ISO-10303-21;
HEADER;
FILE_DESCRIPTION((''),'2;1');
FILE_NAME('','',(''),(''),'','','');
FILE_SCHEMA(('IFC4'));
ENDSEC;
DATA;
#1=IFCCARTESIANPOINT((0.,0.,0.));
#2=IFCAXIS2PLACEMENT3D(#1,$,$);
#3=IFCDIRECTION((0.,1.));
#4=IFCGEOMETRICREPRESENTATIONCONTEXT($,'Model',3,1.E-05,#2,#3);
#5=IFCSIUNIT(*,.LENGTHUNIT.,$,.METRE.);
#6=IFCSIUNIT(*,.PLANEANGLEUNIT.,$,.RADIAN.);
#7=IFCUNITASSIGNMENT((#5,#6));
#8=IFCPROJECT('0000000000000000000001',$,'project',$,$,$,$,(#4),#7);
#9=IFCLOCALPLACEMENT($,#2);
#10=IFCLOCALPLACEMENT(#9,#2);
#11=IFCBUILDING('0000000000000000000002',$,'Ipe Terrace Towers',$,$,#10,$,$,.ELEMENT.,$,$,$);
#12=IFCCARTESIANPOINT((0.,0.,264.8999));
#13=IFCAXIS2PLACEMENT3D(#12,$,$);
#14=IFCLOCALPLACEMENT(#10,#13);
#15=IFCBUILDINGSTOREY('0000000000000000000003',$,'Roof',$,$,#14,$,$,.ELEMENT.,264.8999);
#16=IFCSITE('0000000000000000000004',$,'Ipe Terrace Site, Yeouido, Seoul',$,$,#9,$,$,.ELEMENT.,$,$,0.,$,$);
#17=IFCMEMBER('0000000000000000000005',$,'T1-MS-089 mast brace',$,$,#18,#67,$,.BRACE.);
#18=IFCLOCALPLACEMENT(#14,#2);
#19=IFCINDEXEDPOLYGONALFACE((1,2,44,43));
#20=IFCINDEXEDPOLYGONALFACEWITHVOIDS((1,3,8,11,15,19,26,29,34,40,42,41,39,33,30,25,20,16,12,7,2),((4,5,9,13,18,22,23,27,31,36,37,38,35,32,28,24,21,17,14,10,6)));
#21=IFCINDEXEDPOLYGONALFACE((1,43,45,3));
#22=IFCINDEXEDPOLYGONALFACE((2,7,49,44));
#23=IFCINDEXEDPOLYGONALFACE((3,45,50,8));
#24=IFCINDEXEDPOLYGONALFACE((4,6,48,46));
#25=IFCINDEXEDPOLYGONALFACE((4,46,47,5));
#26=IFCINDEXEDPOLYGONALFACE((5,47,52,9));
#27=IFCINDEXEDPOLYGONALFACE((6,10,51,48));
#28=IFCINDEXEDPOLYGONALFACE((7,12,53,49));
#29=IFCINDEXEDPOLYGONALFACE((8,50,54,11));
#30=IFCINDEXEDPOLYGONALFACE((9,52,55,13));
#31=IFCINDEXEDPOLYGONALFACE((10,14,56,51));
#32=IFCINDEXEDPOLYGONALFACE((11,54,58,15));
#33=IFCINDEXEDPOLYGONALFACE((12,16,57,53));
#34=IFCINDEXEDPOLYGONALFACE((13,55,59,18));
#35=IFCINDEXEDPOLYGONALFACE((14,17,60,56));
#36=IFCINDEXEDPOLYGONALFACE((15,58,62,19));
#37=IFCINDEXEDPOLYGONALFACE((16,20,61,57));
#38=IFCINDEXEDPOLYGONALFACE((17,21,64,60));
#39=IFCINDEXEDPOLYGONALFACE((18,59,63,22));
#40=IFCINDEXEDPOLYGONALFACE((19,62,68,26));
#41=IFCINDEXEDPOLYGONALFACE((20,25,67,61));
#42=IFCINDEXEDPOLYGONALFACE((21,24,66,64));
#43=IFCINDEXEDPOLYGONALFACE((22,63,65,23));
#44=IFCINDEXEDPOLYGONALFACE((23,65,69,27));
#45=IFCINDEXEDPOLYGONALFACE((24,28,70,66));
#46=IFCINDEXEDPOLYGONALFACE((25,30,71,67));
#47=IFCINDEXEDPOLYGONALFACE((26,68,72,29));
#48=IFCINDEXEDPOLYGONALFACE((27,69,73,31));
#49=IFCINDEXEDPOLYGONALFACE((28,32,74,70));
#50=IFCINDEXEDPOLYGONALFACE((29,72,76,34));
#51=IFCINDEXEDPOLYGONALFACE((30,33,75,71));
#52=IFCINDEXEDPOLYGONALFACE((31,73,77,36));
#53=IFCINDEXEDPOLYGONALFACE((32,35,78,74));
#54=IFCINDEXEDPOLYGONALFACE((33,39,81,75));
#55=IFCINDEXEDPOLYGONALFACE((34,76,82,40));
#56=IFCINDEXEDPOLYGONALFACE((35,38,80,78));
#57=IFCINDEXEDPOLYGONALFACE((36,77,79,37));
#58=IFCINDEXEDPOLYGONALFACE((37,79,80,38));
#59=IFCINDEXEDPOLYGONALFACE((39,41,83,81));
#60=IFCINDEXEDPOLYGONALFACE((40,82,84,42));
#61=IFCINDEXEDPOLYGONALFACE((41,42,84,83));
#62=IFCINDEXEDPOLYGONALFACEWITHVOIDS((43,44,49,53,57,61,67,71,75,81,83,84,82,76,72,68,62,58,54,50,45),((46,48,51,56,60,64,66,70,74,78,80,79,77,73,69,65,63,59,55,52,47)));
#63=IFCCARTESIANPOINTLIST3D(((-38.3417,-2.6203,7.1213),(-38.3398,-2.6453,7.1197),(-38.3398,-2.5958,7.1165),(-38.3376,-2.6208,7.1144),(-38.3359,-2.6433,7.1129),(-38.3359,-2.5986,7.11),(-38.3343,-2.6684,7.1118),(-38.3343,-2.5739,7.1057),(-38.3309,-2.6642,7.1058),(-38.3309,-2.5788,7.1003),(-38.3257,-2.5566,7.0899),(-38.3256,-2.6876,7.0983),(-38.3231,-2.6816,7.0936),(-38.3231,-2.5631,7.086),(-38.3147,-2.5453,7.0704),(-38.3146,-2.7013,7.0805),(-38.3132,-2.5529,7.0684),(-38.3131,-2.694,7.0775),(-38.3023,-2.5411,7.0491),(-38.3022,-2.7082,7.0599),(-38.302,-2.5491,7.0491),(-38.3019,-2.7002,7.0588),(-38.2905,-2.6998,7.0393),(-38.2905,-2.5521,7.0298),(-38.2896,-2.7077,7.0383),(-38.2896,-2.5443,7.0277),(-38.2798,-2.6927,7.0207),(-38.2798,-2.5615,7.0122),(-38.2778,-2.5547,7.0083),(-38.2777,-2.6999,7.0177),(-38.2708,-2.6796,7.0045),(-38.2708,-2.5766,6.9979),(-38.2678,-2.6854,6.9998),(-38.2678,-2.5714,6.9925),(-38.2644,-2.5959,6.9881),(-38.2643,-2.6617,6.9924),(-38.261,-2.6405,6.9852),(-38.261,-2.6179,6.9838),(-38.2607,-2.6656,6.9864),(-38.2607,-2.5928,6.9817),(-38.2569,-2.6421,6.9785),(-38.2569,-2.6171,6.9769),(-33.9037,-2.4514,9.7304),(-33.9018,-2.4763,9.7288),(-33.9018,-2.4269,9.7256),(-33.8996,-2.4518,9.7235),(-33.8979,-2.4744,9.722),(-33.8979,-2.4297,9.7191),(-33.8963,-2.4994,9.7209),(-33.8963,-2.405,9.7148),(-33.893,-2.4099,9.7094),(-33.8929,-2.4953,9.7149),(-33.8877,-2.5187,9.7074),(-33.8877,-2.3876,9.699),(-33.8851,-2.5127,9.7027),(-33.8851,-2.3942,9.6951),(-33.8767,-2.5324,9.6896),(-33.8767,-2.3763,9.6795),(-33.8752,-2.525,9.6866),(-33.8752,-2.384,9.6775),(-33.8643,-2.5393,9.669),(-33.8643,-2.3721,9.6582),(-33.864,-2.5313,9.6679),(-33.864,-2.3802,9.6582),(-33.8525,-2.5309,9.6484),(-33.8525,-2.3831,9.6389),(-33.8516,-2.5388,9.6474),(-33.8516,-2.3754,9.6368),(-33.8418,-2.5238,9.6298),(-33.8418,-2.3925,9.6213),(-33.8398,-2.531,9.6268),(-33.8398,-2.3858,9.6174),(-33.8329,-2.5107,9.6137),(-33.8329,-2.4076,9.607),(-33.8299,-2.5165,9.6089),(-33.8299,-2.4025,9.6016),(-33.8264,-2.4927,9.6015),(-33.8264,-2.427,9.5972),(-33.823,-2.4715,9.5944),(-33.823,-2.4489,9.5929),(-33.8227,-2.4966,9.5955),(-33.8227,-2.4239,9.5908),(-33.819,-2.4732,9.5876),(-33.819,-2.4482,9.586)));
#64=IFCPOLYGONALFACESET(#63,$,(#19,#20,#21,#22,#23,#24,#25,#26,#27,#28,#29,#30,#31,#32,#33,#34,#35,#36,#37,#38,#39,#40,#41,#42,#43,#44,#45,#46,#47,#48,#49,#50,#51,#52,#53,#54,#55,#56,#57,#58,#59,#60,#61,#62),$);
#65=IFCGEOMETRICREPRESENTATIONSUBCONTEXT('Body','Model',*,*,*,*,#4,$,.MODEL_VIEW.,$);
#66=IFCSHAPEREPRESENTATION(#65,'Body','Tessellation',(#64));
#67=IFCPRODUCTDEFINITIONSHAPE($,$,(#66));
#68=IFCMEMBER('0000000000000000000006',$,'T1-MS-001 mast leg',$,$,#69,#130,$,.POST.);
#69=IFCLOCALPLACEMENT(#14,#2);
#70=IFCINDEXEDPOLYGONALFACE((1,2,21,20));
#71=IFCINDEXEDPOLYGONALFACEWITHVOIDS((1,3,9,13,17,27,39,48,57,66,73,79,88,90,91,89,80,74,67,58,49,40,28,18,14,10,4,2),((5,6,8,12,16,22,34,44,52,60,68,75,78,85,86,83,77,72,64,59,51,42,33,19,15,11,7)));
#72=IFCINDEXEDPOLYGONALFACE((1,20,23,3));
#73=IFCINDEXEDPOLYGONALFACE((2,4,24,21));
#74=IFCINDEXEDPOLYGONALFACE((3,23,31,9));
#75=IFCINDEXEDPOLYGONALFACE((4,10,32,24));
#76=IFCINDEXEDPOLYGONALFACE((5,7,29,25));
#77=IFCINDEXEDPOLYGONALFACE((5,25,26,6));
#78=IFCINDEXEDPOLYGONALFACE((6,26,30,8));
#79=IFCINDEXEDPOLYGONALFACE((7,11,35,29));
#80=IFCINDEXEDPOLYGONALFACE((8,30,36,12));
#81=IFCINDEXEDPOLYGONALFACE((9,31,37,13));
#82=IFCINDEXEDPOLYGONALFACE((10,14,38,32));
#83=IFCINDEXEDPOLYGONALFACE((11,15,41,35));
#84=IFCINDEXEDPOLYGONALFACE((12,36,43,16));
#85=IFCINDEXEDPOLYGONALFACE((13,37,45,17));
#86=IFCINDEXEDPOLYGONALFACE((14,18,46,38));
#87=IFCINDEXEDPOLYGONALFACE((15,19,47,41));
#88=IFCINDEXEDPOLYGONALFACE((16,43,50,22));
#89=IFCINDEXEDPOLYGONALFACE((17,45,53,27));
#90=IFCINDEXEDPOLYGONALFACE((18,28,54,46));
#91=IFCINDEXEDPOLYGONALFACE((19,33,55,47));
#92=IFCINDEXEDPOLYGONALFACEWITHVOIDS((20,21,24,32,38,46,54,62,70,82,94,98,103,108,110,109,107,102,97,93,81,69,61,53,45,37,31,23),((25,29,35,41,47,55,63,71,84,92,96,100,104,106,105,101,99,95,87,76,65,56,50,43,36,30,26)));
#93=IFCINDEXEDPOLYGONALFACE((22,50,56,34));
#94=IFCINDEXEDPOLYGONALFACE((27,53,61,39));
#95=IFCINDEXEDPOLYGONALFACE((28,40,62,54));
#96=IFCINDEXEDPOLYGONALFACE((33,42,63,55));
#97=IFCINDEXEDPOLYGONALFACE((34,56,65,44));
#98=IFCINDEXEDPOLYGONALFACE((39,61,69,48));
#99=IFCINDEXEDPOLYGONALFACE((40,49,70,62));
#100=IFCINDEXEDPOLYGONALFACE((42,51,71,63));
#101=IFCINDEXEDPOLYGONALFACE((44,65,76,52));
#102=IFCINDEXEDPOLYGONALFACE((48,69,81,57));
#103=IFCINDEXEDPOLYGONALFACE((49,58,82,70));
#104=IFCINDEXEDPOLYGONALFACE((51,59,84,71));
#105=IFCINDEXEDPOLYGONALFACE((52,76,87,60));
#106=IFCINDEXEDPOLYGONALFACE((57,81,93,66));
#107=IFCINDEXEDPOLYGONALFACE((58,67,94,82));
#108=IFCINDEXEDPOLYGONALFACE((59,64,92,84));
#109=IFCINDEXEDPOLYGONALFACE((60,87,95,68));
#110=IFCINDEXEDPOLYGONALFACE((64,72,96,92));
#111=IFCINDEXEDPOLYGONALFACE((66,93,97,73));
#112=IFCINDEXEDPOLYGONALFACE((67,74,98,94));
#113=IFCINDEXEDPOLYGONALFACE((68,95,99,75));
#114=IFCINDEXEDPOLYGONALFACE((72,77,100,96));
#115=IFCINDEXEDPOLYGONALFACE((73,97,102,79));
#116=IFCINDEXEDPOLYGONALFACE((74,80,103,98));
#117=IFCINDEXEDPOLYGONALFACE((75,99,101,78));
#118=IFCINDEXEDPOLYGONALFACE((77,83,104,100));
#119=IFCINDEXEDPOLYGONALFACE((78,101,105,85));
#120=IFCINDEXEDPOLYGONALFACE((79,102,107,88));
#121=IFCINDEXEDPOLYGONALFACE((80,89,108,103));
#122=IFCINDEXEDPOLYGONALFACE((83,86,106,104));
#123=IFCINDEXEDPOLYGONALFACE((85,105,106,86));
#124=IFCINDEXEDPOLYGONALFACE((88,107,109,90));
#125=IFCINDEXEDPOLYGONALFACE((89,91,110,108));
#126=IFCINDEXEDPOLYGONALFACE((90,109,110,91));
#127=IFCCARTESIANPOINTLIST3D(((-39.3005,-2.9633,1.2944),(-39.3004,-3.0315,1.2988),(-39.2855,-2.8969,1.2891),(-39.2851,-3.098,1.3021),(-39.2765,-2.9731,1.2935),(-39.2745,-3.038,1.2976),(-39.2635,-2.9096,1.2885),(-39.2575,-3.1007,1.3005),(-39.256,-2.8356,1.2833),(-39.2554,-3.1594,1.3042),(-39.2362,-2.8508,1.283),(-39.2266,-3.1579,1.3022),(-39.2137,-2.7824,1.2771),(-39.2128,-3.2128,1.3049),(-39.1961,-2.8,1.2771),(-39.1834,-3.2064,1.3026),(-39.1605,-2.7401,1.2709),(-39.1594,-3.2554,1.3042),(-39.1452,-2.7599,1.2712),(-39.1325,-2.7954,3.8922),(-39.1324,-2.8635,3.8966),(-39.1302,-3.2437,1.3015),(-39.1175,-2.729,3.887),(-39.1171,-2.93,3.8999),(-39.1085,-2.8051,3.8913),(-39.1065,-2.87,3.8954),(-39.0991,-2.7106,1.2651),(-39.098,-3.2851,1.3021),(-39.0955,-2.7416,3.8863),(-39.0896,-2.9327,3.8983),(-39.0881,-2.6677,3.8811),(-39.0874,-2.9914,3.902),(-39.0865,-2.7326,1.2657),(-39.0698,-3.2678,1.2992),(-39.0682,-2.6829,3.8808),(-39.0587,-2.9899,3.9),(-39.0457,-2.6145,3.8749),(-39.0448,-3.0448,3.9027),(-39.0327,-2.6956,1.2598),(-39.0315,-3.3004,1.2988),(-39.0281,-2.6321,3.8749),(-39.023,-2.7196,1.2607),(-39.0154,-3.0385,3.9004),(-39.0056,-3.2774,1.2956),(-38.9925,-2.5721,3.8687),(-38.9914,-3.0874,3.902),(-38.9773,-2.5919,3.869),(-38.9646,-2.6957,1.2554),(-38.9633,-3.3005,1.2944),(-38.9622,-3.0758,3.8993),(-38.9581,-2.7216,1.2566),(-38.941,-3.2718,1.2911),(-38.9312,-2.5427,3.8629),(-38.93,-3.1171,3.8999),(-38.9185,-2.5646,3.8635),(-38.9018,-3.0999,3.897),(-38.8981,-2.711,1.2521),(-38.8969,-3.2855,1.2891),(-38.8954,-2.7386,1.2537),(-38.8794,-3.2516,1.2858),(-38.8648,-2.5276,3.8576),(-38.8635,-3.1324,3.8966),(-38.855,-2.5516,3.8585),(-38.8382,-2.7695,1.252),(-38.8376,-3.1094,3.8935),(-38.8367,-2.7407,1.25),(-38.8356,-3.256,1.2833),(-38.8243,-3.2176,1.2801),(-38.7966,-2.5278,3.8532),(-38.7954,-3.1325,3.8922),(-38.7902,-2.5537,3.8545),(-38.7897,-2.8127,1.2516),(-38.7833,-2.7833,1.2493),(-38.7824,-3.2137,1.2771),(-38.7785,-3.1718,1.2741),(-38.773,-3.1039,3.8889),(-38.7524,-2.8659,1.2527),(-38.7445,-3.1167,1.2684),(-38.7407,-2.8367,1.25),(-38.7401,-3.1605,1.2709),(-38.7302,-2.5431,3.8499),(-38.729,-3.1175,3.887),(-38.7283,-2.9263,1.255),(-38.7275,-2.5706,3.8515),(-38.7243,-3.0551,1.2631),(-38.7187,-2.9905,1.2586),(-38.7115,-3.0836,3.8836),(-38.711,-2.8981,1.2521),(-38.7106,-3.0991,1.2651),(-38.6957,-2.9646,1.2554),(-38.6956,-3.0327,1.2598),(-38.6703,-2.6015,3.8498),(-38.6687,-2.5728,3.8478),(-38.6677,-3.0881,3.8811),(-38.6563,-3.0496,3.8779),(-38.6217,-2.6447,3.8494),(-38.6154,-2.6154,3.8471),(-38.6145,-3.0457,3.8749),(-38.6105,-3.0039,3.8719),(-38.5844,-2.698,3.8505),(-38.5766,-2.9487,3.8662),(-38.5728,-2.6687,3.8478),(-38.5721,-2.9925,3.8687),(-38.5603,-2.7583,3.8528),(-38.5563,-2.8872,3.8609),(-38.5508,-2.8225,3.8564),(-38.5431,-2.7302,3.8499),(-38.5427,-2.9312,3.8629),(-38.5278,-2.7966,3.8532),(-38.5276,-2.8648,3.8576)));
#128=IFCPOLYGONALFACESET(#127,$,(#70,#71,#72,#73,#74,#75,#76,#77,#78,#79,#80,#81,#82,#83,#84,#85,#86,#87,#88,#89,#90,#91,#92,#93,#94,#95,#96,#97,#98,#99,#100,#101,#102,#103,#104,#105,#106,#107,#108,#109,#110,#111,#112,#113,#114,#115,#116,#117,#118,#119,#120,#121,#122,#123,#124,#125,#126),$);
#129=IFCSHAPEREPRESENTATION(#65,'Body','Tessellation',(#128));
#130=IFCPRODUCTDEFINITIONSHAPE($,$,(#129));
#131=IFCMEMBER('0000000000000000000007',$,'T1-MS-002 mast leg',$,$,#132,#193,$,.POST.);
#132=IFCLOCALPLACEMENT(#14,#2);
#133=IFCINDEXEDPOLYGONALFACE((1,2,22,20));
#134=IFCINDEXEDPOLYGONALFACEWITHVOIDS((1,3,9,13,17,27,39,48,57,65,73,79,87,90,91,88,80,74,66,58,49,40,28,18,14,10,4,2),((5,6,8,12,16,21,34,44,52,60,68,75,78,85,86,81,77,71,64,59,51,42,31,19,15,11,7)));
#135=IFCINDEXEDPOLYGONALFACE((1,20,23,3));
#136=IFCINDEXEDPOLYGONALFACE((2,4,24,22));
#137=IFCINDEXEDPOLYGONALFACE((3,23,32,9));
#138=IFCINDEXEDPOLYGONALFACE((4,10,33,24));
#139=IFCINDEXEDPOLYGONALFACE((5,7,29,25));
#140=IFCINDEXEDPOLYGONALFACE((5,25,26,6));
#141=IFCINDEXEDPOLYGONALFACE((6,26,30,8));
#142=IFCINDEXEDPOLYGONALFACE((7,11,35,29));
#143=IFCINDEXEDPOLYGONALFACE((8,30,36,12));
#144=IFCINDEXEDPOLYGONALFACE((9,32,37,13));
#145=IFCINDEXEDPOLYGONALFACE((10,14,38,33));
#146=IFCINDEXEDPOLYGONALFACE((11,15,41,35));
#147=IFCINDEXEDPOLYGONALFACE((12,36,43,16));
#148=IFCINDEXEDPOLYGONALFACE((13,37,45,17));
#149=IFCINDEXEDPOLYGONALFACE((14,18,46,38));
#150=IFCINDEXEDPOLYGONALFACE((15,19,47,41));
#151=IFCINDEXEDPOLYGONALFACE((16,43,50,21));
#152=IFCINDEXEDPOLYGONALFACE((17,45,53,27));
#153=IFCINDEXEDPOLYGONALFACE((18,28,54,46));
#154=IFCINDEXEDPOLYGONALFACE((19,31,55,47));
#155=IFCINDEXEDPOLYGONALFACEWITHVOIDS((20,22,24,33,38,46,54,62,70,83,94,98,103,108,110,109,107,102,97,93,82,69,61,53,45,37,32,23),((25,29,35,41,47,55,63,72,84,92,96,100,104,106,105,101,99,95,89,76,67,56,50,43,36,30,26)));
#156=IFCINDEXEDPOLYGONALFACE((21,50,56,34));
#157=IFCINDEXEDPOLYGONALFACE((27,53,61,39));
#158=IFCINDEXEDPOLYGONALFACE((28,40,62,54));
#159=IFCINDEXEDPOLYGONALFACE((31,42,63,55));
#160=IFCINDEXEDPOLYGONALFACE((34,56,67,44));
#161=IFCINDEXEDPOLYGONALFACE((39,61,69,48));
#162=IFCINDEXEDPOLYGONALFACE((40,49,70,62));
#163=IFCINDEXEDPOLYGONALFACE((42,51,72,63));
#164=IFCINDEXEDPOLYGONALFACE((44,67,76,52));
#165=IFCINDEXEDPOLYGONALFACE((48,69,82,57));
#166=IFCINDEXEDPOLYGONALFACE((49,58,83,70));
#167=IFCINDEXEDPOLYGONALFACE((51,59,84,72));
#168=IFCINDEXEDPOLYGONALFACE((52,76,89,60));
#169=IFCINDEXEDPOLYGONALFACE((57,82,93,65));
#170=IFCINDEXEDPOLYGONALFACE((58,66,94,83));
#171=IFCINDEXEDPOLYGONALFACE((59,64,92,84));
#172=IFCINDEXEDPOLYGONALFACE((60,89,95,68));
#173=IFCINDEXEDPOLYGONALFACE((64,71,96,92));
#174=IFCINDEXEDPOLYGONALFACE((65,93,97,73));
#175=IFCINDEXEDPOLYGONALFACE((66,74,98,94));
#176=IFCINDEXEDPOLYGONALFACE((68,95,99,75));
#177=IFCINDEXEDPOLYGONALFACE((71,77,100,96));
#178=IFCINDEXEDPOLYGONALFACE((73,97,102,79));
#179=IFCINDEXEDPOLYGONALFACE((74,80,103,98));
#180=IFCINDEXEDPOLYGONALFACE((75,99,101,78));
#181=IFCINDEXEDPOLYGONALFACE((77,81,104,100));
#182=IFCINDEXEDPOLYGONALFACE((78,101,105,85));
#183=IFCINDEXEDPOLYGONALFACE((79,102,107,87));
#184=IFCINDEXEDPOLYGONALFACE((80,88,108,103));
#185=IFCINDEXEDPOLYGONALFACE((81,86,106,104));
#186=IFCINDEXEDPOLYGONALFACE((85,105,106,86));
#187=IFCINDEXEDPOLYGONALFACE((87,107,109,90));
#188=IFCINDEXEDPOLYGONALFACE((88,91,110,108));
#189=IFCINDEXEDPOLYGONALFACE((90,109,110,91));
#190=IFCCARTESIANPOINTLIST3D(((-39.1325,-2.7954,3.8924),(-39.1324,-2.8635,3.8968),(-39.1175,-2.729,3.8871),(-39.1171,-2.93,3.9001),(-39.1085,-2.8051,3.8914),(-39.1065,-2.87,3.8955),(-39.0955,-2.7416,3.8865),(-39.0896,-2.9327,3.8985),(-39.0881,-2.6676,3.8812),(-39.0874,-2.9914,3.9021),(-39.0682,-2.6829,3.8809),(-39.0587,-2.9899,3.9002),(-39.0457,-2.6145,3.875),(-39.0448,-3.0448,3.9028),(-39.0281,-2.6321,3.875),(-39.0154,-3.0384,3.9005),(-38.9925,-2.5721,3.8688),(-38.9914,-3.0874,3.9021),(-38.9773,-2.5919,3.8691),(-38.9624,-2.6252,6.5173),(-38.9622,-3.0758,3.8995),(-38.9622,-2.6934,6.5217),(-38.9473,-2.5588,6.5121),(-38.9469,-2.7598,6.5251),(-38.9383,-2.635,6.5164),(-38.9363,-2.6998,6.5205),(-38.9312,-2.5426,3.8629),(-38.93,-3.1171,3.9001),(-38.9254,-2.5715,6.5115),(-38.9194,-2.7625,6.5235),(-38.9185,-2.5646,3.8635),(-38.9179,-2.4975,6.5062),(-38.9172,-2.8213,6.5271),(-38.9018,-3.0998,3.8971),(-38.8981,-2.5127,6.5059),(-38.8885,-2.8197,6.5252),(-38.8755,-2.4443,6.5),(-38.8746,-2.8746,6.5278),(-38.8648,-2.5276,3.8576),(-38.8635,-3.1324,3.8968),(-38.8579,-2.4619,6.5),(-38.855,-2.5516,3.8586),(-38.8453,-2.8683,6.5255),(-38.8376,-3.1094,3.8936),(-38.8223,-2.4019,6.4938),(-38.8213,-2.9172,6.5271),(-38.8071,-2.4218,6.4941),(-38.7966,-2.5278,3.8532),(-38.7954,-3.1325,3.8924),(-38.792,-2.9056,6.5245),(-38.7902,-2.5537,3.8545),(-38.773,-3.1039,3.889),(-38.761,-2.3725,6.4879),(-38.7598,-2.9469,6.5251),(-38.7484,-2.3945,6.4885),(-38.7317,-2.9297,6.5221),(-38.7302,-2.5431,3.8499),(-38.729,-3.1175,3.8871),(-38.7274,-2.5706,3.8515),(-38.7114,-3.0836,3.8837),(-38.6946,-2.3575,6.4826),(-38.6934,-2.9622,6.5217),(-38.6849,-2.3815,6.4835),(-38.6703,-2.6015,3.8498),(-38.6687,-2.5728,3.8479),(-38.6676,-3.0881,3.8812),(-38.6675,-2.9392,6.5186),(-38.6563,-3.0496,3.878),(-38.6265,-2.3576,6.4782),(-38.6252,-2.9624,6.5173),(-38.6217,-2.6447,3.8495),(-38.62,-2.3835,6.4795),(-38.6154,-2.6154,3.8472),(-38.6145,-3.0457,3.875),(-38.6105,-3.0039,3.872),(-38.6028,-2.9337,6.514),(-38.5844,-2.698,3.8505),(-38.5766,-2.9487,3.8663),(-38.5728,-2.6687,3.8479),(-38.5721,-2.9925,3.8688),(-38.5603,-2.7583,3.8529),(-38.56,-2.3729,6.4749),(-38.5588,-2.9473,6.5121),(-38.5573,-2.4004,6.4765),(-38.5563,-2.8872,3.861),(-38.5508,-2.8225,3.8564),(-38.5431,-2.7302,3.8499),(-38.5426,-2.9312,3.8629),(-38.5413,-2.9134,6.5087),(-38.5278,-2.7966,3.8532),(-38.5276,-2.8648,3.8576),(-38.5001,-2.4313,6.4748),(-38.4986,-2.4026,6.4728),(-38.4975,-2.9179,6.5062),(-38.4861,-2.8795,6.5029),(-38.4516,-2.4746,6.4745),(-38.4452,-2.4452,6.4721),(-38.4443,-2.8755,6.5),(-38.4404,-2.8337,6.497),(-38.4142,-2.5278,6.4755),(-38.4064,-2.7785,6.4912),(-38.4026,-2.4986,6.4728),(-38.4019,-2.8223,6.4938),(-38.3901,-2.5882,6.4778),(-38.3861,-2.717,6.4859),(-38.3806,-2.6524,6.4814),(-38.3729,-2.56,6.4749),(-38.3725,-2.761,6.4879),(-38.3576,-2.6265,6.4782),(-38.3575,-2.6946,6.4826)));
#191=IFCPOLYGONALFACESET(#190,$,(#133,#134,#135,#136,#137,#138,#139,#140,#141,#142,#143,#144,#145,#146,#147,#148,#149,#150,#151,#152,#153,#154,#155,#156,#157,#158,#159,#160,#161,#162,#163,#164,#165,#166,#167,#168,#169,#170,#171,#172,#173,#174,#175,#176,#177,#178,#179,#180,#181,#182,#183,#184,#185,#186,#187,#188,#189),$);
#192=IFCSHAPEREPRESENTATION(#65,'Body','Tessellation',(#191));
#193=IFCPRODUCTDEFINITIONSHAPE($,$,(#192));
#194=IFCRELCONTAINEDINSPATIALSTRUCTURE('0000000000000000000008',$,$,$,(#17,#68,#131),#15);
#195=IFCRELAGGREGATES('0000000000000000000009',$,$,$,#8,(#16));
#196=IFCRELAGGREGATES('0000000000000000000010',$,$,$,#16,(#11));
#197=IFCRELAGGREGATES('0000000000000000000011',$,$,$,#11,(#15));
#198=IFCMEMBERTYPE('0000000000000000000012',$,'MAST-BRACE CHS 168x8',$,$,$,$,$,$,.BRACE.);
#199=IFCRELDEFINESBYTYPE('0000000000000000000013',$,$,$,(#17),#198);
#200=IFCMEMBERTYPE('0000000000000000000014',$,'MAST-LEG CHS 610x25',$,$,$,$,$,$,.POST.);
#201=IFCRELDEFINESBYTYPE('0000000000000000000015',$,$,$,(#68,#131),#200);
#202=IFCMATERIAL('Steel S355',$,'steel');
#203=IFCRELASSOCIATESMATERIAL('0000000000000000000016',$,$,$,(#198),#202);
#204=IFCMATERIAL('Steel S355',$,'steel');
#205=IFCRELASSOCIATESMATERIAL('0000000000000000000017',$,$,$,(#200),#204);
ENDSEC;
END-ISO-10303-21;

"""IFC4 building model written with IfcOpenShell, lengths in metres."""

from ifc_helpers import new_model, si_unit, direction, frame, origin, origin_2d, place, context, subcontext, project, spatial, hollow_circle, extrude, material, material_profile, profile_set, type_object, element, save


model = new_model("IFC4")

# Units and contexts
model_context = context("Model", 3, precision=1e-05, world=origin(), true_north=direction((0.0, 1.0)))
body_context = subcontext(model_context, "Body", "Model", "MODEL_VIEW")
ifc_project = project(units=[si_unit("LENGTHUNIT", "METRE"), si_unit("PLANEANGLEUNIT", "RADIAN")], contexts=[model_context])

# Site, building, storey
site_placement = place(None, origin())
site = spatial("IfcSite", under=ifc_project, at=site_placement, Name="Ipe Terrace Site, Yeouido, Seoul", CompositionType="ELEMENT", RefElevation=0.0)
building_placement = place(site_placement, origin())
building = spatial("IfcBuilding", under=site, at=building_placement, Name="Ipe Terrace Towers", CompositionType="ELEMENT")
storey_placement = place(building_placement, frame((0.0, 0.0, 264.8999)))
storey = spatial("IfcBuildingStorey", under=building, at=storey_placement, Name="Roof", CompositionType="ELEMENT", Elevation=264.8999)

# Members
ifc_material_1 = material(Name="Steel S355", Category="steel")
ifc_material_profile_1 = material_profile(ifc_material_1, hollow_circle(Radius=0.084, WallThickness=0.0081, at=origin_2d()), Name="MAST-BRACE CHS 168x8")
ifc_profile_set_1 = profile_set([ifc_material_profile_1], Name="Steel S355")
member_type_1 = type_object("IfcMemberType", Name="MAST-BRACE CHS 168x8", PredefinedType="BRACE", material=ifc_profile_set_1)
member_1_placement = place(storey_placement, frame((-38.2991, -2.625, 7.0491), z_axis=(0.861594, 0.032799, 0.506538), x_axis=(-0.03804, 0.999276, 0.0)))
element("IfcMember", 1, at=member_1_placement, inside=storey, type_object=member_type_1, Name="T1-MS-089 mast brace", PredefinedType="BRACE", context=body_context, shape_type="SweptSolid", body=[
    extrude(hollow_circle(Radius=0.084, WallThickness=0.0081, at=origin_2d()), origin(), (0.0, 0.0, 1.0), 5.1509),
])
ifc_material_2 = material(Name="Steel S355", Category="steel")
ifc_material_profile_2 = material_profile(ifc_material_2, hollow_circle(Radius=0.3049, WallThickness=0.0249, at=origin_2d()), Name="MAST-LEG CHS 610x25")
ifc_profile_set_2 = profile_set([ifc_material_profile_2], Name="Steel S355")
member_type_2 = type_object("IfcMemberType", Name="MAST-LEG CHS 610x25", PredefinedType="POST", material=ifc_profile_set_2)
member_2_placement = place(storey_placement, frame((-38.998, -2.998, 1.2771), z_axis=(0.064387, 0.064387, 0.995846), x_axis=(-0.707107, 0.707107, 0.0)))
element("IfcMember", 2, at=member_2_placement, inside=storey, type_object=member_type_2, Name="T1-MS-001 mast leg", PredefinedType="POST", context=body_context, shape_type="SweptSolid", body=[
    extrude(hollow_circle(Radius=0.3049, WallThickness=0.0249, at=origin_2d()), origin(), (0.0, 0.0, 1.0), 2.6086),
])
member_3_placement = place(storey_placement, frame((-38.8301, -2.8301, 3.875), z_axis=(0.064554, 0.064554, 0.995824), x_axis=(-0.707107, 0.707107, 0.0)))
element("IfcMember", 3, at=member_3_placement, inside=storey, type_object=member_type_2, Name="T1-MS-002 mast leg", PredefinedType="POST", context=body_context, shape_type="SweptSolid", body=[
    extrude(hollow_circle(Radius=0.3049, WallThickness=0.0249, at=origin_2d()), origin(), (0.0, 0.0, 1.0), 2.636),
])

save(model, "model.ifc")
